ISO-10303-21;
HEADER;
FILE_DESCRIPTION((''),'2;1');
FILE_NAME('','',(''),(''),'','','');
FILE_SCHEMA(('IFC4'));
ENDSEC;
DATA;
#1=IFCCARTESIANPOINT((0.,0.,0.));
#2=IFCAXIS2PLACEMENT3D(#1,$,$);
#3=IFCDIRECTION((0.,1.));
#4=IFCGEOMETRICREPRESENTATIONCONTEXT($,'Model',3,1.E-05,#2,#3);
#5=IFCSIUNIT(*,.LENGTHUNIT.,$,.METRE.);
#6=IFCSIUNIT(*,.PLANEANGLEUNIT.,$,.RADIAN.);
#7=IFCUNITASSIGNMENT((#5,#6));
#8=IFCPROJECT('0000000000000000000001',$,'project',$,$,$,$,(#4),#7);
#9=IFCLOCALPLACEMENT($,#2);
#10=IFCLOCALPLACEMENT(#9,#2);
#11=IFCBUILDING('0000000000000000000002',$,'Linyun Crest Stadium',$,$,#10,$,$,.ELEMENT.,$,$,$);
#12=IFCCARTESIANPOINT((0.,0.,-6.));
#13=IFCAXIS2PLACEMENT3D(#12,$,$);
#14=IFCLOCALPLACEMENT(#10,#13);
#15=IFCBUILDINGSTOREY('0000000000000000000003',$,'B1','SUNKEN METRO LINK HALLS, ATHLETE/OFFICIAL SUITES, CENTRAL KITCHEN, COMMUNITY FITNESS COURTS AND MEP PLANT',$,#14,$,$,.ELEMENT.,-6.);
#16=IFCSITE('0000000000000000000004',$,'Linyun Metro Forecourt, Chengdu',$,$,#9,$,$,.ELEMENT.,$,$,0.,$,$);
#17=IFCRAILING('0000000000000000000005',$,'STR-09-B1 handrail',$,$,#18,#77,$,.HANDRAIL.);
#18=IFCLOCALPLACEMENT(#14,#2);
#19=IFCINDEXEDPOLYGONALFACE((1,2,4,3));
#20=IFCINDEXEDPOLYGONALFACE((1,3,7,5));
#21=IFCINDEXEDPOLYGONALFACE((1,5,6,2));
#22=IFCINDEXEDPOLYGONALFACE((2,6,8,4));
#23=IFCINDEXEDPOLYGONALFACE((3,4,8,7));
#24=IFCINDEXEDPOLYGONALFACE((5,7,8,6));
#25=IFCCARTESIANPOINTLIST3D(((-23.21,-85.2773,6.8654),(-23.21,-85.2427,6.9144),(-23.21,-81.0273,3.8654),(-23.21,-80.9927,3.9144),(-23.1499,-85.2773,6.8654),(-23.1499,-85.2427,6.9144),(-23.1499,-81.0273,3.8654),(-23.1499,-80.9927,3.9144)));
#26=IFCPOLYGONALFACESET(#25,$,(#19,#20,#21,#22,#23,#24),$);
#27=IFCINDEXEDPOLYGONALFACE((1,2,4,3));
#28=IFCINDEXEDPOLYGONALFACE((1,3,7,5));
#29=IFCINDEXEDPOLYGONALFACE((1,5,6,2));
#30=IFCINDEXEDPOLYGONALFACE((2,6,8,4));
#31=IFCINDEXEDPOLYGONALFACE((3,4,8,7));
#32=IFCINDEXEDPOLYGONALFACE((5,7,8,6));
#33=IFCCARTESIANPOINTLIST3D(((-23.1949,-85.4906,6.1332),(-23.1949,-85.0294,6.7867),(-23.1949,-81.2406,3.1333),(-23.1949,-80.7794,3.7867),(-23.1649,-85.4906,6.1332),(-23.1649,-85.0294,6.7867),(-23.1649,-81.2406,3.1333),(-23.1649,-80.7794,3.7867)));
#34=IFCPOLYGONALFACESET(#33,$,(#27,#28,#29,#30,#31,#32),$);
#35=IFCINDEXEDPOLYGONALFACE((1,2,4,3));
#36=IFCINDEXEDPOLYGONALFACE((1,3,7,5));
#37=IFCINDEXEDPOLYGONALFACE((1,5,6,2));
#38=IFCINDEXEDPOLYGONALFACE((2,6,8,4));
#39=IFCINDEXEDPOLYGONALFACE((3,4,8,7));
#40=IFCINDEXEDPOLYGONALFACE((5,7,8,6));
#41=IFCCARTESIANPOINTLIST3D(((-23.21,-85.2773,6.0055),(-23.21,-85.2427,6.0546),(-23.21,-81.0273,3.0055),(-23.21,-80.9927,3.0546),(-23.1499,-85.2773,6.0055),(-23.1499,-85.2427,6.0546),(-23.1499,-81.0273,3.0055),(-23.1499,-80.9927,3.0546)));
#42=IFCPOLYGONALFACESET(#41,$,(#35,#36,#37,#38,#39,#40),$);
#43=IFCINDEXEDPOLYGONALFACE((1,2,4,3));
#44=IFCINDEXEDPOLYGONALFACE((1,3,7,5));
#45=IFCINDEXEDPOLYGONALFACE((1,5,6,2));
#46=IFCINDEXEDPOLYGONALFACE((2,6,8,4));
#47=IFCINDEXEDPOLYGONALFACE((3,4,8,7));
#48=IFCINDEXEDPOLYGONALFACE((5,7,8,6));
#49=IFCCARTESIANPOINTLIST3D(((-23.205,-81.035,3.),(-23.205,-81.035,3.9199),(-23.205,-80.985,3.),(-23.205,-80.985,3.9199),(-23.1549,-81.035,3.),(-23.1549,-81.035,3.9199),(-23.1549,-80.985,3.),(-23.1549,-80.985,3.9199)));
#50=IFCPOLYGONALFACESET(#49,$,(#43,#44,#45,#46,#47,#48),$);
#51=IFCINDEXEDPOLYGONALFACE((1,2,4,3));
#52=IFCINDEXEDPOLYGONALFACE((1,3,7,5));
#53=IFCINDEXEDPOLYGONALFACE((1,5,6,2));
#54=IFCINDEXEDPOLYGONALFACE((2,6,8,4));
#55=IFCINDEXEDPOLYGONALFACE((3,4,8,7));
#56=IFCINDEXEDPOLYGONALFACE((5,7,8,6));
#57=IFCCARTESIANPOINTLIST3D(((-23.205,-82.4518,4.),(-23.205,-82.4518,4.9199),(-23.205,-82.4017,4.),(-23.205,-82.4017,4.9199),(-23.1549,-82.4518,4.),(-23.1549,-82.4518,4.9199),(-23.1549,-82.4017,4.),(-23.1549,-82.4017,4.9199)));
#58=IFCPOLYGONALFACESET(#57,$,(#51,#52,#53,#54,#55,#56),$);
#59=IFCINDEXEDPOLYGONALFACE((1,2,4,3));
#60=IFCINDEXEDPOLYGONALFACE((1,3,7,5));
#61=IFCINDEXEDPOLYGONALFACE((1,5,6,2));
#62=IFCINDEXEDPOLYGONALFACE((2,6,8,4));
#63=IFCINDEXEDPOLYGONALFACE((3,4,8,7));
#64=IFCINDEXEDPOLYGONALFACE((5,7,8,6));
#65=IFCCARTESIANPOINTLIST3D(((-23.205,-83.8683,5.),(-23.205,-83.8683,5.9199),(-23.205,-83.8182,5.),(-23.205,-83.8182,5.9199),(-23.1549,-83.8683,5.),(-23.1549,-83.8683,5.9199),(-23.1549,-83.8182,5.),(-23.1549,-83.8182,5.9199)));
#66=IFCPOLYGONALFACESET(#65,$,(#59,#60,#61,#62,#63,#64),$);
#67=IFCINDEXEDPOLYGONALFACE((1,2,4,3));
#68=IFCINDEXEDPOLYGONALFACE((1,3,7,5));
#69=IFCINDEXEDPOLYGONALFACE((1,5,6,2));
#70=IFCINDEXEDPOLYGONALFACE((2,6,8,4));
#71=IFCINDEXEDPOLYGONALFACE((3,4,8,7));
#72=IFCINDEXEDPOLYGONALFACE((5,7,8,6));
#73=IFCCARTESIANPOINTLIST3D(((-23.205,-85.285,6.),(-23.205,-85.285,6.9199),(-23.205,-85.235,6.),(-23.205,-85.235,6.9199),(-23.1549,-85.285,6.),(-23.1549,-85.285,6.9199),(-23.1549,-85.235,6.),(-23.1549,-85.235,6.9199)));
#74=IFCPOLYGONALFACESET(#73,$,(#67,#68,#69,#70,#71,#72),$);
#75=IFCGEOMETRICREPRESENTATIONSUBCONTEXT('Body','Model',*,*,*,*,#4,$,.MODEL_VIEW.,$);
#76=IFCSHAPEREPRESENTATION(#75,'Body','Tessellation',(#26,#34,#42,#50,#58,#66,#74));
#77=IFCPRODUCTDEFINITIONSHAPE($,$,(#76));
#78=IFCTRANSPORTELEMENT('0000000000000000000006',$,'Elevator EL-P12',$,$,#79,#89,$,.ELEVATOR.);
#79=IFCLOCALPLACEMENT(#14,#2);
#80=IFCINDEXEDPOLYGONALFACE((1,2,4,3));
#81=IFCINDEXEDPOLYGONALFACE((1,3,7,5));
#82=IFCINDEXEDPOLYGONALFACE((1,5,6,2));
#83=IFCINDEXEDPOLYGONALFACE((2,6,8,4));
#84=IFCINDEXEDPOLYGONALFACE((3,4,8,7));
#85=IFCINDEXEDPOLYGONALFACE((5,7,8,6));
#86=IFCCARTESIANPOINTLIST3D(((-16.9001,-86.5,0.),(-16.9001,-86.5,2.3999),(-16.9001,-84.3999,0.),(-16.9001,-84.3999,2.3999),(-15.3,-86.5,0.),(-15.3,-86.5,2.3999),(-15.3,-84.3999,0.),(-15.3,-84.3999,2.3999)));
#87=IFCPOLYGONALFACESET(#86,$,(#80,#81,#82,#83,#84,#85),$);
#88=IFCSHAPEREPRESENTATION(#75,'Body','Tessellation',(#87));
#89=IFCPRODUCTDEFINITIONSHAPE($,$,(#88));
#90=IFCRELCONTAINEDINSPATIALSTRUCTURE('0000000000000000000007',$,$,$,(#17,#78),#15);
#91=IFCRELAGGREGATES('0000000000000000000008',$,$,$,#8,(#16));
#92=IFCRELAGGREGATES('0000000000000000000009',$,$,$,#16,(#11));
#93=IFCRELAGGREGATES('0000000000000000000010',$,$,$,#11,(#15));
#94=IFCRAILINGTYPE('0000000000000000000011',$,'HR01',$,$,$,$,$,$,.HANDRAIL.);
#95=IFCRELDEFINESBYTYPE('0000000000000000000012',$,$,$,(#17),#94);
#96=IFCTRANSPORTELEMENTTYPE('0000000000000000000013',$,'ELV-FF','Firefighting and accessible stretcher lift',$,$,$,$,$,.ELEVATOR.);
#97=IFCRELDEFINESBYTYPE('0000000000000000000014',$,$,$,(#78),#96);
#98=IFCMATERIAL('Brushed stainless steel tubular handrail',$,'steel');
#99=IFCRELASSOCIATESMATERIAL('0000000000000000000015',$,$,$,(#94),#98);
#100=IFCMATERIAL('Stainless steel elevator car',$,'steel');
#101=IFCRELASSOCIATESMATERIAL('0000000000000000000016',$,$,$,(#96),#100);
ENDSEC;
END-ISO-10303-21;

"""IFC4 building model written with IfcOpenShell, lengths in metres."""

from ifc_helpers import new_model, si_unit, direction, frame, origin, origin_2d, place, context, subcontext, project, spatial, rectangle, extrude, material, type_object, element, save


model = new_model("IFC4")

# Units and contexts
model_context = context("Model", 3, precision=1e-05, world=origin(), true_north=direction((0.0, 1.0)))
body_context = subcontext(model_context, "Body", "Model", "MODEL_VIEW")
ifc_project = project(units=[si_unit("LENGTHUNIT", "METRE"), si_unit("PLANEANGLEUNIT", "RADIAN")], contexts=[model_context])

# Site, building, storey
site_placement = place(None, origin())
site = spatial("IfcSite", under=ifc_project, at=site_placement, Name="Linyun Metro Forecourt, Chengdu", CompositionType="ELEMENT", RefElevation=0.0)
building_placement = place(site_placement, origin())
building = spatial("IfcBuilding", under=site, at=building_placement, Name="Linyun Crest Stadium", CompositionType="ELEMENT")
storey_placement = place(building_placement, frame((0.0, 0.0, -6.0)))
storey = spatial("IfcBuildingStorey", under=building, at=storey_placement, Name="B1", Description="SUNKEN METRO LINK HALLS, ATHLETE/OFFICIAL SUITES, CENTRAL KITCHEN, COMMUNITY FITNESS COURTS AND MEP PLANT", CompositionType="ELEMENT", Elevation=-6.0)

# Railing
ifc_material_1 = material(Name="Brushed stainless steel tubular handrail", Category="steel")
railing_type_1 = type_object("IfcRailingType", Name="HR01", PredefinedType="HANDRAIL", material=ifc_material_1)
railing_1_placement = place(storey_placement, frame((-23.1799, -81.01, 3.0)))
element("IfcRailing", 1, at=railing_1_placement, inside=storey, type_object=railing_type_1, Name="STR-09-B1 handrail", PredefinedType="HANDRAIL", context=body_context, shape_type="SweptSolid", body=[
    extrude(rectangle(XDim=0.0601, YDim=0.0601, at=origin_2d()), frame((0.0, 0.0, 0.8899), z_axis=(0.0, -0.816968, 0.576683), x_axis=(1.0, 0.0, 0.0)), (0.0, 0.0, 1.0), 5.2021),
    extrude(rectangle(XDim=0.03, YDim=0.7998, at=origin_2d()), frame((0.0, 0.0, 0.46), z_axis=(0.0, -0.816968, 0.576683), x_axis=(1.0, 0.0, 0.0)), (0.0, 0.0, 1.0), 5.2021),
    extrude(rectangle(XDim=0.0601, YDim=0.0601, at=origin_2d()), frame((0.0, 0.0, 0.03), z_axis=(0.0, -0.816968, 0.576683), x_axis=(1.0, 0.0, 0.0)), (0.0, 0.0, 1.0), 5.2021),
    extrude(rectangle(XDim=0.05, YDim=0.05, at=origin_2d()), origin(), (0.0, 0.0, 1.0), 0.9199),
    extrude(rectangle(XDim=0.05, YDim=0.05, at=origin_2d()), frame((0.0, -1.4167, 1.0)), (0.0, 0.0, 1.0), 0.9199),
    extrude(rectangle(XDim=0.05, YDim=0.05, at=origin_2d()), frame((0.0, -2.8333, 2.0)), (0.0, 0.0, 1.0), 0.9199),
    extrude(rectangle(XDim=0.05, YDim=0.05, at=origin_2d()), frame((0.0, -4.25, 3.0)), (0.0, 0.0, 1.0), 0.9199),
])

# Transport element
ifc_material_2 = material(Name="Stainless steel elevator car", Category="steel")
transport_element_type = type_object("IfcTransportElementType", Name="ELV-FF", Description="Firefighting and accessible stretcher lift", PredefinedType="ELEVATOR", material=ifc_material_2)
transport_element_placement = place(storey_placement, frame((-16.1001, -85.45, 0.0), z_axis=(0.0, 0.0, 1.0), x_axis=(1.0, 0.0, 0.0)))
element("IfcTransportElement", 2, at=transport_element_placement, inside=storey, type_object=transport_element_type, Name="Elevator EL-P12", PredefinedType="ELEVATOR", context=body_context, shape_type="SweptSolid", body=[
    extrude(rectangle(XDim=1.6001, YDim=2.1001, at=origin_2d()), origin(), (0.0, 0.0, 1.0), 2.3999),
])

save(model, "model.ifc")
